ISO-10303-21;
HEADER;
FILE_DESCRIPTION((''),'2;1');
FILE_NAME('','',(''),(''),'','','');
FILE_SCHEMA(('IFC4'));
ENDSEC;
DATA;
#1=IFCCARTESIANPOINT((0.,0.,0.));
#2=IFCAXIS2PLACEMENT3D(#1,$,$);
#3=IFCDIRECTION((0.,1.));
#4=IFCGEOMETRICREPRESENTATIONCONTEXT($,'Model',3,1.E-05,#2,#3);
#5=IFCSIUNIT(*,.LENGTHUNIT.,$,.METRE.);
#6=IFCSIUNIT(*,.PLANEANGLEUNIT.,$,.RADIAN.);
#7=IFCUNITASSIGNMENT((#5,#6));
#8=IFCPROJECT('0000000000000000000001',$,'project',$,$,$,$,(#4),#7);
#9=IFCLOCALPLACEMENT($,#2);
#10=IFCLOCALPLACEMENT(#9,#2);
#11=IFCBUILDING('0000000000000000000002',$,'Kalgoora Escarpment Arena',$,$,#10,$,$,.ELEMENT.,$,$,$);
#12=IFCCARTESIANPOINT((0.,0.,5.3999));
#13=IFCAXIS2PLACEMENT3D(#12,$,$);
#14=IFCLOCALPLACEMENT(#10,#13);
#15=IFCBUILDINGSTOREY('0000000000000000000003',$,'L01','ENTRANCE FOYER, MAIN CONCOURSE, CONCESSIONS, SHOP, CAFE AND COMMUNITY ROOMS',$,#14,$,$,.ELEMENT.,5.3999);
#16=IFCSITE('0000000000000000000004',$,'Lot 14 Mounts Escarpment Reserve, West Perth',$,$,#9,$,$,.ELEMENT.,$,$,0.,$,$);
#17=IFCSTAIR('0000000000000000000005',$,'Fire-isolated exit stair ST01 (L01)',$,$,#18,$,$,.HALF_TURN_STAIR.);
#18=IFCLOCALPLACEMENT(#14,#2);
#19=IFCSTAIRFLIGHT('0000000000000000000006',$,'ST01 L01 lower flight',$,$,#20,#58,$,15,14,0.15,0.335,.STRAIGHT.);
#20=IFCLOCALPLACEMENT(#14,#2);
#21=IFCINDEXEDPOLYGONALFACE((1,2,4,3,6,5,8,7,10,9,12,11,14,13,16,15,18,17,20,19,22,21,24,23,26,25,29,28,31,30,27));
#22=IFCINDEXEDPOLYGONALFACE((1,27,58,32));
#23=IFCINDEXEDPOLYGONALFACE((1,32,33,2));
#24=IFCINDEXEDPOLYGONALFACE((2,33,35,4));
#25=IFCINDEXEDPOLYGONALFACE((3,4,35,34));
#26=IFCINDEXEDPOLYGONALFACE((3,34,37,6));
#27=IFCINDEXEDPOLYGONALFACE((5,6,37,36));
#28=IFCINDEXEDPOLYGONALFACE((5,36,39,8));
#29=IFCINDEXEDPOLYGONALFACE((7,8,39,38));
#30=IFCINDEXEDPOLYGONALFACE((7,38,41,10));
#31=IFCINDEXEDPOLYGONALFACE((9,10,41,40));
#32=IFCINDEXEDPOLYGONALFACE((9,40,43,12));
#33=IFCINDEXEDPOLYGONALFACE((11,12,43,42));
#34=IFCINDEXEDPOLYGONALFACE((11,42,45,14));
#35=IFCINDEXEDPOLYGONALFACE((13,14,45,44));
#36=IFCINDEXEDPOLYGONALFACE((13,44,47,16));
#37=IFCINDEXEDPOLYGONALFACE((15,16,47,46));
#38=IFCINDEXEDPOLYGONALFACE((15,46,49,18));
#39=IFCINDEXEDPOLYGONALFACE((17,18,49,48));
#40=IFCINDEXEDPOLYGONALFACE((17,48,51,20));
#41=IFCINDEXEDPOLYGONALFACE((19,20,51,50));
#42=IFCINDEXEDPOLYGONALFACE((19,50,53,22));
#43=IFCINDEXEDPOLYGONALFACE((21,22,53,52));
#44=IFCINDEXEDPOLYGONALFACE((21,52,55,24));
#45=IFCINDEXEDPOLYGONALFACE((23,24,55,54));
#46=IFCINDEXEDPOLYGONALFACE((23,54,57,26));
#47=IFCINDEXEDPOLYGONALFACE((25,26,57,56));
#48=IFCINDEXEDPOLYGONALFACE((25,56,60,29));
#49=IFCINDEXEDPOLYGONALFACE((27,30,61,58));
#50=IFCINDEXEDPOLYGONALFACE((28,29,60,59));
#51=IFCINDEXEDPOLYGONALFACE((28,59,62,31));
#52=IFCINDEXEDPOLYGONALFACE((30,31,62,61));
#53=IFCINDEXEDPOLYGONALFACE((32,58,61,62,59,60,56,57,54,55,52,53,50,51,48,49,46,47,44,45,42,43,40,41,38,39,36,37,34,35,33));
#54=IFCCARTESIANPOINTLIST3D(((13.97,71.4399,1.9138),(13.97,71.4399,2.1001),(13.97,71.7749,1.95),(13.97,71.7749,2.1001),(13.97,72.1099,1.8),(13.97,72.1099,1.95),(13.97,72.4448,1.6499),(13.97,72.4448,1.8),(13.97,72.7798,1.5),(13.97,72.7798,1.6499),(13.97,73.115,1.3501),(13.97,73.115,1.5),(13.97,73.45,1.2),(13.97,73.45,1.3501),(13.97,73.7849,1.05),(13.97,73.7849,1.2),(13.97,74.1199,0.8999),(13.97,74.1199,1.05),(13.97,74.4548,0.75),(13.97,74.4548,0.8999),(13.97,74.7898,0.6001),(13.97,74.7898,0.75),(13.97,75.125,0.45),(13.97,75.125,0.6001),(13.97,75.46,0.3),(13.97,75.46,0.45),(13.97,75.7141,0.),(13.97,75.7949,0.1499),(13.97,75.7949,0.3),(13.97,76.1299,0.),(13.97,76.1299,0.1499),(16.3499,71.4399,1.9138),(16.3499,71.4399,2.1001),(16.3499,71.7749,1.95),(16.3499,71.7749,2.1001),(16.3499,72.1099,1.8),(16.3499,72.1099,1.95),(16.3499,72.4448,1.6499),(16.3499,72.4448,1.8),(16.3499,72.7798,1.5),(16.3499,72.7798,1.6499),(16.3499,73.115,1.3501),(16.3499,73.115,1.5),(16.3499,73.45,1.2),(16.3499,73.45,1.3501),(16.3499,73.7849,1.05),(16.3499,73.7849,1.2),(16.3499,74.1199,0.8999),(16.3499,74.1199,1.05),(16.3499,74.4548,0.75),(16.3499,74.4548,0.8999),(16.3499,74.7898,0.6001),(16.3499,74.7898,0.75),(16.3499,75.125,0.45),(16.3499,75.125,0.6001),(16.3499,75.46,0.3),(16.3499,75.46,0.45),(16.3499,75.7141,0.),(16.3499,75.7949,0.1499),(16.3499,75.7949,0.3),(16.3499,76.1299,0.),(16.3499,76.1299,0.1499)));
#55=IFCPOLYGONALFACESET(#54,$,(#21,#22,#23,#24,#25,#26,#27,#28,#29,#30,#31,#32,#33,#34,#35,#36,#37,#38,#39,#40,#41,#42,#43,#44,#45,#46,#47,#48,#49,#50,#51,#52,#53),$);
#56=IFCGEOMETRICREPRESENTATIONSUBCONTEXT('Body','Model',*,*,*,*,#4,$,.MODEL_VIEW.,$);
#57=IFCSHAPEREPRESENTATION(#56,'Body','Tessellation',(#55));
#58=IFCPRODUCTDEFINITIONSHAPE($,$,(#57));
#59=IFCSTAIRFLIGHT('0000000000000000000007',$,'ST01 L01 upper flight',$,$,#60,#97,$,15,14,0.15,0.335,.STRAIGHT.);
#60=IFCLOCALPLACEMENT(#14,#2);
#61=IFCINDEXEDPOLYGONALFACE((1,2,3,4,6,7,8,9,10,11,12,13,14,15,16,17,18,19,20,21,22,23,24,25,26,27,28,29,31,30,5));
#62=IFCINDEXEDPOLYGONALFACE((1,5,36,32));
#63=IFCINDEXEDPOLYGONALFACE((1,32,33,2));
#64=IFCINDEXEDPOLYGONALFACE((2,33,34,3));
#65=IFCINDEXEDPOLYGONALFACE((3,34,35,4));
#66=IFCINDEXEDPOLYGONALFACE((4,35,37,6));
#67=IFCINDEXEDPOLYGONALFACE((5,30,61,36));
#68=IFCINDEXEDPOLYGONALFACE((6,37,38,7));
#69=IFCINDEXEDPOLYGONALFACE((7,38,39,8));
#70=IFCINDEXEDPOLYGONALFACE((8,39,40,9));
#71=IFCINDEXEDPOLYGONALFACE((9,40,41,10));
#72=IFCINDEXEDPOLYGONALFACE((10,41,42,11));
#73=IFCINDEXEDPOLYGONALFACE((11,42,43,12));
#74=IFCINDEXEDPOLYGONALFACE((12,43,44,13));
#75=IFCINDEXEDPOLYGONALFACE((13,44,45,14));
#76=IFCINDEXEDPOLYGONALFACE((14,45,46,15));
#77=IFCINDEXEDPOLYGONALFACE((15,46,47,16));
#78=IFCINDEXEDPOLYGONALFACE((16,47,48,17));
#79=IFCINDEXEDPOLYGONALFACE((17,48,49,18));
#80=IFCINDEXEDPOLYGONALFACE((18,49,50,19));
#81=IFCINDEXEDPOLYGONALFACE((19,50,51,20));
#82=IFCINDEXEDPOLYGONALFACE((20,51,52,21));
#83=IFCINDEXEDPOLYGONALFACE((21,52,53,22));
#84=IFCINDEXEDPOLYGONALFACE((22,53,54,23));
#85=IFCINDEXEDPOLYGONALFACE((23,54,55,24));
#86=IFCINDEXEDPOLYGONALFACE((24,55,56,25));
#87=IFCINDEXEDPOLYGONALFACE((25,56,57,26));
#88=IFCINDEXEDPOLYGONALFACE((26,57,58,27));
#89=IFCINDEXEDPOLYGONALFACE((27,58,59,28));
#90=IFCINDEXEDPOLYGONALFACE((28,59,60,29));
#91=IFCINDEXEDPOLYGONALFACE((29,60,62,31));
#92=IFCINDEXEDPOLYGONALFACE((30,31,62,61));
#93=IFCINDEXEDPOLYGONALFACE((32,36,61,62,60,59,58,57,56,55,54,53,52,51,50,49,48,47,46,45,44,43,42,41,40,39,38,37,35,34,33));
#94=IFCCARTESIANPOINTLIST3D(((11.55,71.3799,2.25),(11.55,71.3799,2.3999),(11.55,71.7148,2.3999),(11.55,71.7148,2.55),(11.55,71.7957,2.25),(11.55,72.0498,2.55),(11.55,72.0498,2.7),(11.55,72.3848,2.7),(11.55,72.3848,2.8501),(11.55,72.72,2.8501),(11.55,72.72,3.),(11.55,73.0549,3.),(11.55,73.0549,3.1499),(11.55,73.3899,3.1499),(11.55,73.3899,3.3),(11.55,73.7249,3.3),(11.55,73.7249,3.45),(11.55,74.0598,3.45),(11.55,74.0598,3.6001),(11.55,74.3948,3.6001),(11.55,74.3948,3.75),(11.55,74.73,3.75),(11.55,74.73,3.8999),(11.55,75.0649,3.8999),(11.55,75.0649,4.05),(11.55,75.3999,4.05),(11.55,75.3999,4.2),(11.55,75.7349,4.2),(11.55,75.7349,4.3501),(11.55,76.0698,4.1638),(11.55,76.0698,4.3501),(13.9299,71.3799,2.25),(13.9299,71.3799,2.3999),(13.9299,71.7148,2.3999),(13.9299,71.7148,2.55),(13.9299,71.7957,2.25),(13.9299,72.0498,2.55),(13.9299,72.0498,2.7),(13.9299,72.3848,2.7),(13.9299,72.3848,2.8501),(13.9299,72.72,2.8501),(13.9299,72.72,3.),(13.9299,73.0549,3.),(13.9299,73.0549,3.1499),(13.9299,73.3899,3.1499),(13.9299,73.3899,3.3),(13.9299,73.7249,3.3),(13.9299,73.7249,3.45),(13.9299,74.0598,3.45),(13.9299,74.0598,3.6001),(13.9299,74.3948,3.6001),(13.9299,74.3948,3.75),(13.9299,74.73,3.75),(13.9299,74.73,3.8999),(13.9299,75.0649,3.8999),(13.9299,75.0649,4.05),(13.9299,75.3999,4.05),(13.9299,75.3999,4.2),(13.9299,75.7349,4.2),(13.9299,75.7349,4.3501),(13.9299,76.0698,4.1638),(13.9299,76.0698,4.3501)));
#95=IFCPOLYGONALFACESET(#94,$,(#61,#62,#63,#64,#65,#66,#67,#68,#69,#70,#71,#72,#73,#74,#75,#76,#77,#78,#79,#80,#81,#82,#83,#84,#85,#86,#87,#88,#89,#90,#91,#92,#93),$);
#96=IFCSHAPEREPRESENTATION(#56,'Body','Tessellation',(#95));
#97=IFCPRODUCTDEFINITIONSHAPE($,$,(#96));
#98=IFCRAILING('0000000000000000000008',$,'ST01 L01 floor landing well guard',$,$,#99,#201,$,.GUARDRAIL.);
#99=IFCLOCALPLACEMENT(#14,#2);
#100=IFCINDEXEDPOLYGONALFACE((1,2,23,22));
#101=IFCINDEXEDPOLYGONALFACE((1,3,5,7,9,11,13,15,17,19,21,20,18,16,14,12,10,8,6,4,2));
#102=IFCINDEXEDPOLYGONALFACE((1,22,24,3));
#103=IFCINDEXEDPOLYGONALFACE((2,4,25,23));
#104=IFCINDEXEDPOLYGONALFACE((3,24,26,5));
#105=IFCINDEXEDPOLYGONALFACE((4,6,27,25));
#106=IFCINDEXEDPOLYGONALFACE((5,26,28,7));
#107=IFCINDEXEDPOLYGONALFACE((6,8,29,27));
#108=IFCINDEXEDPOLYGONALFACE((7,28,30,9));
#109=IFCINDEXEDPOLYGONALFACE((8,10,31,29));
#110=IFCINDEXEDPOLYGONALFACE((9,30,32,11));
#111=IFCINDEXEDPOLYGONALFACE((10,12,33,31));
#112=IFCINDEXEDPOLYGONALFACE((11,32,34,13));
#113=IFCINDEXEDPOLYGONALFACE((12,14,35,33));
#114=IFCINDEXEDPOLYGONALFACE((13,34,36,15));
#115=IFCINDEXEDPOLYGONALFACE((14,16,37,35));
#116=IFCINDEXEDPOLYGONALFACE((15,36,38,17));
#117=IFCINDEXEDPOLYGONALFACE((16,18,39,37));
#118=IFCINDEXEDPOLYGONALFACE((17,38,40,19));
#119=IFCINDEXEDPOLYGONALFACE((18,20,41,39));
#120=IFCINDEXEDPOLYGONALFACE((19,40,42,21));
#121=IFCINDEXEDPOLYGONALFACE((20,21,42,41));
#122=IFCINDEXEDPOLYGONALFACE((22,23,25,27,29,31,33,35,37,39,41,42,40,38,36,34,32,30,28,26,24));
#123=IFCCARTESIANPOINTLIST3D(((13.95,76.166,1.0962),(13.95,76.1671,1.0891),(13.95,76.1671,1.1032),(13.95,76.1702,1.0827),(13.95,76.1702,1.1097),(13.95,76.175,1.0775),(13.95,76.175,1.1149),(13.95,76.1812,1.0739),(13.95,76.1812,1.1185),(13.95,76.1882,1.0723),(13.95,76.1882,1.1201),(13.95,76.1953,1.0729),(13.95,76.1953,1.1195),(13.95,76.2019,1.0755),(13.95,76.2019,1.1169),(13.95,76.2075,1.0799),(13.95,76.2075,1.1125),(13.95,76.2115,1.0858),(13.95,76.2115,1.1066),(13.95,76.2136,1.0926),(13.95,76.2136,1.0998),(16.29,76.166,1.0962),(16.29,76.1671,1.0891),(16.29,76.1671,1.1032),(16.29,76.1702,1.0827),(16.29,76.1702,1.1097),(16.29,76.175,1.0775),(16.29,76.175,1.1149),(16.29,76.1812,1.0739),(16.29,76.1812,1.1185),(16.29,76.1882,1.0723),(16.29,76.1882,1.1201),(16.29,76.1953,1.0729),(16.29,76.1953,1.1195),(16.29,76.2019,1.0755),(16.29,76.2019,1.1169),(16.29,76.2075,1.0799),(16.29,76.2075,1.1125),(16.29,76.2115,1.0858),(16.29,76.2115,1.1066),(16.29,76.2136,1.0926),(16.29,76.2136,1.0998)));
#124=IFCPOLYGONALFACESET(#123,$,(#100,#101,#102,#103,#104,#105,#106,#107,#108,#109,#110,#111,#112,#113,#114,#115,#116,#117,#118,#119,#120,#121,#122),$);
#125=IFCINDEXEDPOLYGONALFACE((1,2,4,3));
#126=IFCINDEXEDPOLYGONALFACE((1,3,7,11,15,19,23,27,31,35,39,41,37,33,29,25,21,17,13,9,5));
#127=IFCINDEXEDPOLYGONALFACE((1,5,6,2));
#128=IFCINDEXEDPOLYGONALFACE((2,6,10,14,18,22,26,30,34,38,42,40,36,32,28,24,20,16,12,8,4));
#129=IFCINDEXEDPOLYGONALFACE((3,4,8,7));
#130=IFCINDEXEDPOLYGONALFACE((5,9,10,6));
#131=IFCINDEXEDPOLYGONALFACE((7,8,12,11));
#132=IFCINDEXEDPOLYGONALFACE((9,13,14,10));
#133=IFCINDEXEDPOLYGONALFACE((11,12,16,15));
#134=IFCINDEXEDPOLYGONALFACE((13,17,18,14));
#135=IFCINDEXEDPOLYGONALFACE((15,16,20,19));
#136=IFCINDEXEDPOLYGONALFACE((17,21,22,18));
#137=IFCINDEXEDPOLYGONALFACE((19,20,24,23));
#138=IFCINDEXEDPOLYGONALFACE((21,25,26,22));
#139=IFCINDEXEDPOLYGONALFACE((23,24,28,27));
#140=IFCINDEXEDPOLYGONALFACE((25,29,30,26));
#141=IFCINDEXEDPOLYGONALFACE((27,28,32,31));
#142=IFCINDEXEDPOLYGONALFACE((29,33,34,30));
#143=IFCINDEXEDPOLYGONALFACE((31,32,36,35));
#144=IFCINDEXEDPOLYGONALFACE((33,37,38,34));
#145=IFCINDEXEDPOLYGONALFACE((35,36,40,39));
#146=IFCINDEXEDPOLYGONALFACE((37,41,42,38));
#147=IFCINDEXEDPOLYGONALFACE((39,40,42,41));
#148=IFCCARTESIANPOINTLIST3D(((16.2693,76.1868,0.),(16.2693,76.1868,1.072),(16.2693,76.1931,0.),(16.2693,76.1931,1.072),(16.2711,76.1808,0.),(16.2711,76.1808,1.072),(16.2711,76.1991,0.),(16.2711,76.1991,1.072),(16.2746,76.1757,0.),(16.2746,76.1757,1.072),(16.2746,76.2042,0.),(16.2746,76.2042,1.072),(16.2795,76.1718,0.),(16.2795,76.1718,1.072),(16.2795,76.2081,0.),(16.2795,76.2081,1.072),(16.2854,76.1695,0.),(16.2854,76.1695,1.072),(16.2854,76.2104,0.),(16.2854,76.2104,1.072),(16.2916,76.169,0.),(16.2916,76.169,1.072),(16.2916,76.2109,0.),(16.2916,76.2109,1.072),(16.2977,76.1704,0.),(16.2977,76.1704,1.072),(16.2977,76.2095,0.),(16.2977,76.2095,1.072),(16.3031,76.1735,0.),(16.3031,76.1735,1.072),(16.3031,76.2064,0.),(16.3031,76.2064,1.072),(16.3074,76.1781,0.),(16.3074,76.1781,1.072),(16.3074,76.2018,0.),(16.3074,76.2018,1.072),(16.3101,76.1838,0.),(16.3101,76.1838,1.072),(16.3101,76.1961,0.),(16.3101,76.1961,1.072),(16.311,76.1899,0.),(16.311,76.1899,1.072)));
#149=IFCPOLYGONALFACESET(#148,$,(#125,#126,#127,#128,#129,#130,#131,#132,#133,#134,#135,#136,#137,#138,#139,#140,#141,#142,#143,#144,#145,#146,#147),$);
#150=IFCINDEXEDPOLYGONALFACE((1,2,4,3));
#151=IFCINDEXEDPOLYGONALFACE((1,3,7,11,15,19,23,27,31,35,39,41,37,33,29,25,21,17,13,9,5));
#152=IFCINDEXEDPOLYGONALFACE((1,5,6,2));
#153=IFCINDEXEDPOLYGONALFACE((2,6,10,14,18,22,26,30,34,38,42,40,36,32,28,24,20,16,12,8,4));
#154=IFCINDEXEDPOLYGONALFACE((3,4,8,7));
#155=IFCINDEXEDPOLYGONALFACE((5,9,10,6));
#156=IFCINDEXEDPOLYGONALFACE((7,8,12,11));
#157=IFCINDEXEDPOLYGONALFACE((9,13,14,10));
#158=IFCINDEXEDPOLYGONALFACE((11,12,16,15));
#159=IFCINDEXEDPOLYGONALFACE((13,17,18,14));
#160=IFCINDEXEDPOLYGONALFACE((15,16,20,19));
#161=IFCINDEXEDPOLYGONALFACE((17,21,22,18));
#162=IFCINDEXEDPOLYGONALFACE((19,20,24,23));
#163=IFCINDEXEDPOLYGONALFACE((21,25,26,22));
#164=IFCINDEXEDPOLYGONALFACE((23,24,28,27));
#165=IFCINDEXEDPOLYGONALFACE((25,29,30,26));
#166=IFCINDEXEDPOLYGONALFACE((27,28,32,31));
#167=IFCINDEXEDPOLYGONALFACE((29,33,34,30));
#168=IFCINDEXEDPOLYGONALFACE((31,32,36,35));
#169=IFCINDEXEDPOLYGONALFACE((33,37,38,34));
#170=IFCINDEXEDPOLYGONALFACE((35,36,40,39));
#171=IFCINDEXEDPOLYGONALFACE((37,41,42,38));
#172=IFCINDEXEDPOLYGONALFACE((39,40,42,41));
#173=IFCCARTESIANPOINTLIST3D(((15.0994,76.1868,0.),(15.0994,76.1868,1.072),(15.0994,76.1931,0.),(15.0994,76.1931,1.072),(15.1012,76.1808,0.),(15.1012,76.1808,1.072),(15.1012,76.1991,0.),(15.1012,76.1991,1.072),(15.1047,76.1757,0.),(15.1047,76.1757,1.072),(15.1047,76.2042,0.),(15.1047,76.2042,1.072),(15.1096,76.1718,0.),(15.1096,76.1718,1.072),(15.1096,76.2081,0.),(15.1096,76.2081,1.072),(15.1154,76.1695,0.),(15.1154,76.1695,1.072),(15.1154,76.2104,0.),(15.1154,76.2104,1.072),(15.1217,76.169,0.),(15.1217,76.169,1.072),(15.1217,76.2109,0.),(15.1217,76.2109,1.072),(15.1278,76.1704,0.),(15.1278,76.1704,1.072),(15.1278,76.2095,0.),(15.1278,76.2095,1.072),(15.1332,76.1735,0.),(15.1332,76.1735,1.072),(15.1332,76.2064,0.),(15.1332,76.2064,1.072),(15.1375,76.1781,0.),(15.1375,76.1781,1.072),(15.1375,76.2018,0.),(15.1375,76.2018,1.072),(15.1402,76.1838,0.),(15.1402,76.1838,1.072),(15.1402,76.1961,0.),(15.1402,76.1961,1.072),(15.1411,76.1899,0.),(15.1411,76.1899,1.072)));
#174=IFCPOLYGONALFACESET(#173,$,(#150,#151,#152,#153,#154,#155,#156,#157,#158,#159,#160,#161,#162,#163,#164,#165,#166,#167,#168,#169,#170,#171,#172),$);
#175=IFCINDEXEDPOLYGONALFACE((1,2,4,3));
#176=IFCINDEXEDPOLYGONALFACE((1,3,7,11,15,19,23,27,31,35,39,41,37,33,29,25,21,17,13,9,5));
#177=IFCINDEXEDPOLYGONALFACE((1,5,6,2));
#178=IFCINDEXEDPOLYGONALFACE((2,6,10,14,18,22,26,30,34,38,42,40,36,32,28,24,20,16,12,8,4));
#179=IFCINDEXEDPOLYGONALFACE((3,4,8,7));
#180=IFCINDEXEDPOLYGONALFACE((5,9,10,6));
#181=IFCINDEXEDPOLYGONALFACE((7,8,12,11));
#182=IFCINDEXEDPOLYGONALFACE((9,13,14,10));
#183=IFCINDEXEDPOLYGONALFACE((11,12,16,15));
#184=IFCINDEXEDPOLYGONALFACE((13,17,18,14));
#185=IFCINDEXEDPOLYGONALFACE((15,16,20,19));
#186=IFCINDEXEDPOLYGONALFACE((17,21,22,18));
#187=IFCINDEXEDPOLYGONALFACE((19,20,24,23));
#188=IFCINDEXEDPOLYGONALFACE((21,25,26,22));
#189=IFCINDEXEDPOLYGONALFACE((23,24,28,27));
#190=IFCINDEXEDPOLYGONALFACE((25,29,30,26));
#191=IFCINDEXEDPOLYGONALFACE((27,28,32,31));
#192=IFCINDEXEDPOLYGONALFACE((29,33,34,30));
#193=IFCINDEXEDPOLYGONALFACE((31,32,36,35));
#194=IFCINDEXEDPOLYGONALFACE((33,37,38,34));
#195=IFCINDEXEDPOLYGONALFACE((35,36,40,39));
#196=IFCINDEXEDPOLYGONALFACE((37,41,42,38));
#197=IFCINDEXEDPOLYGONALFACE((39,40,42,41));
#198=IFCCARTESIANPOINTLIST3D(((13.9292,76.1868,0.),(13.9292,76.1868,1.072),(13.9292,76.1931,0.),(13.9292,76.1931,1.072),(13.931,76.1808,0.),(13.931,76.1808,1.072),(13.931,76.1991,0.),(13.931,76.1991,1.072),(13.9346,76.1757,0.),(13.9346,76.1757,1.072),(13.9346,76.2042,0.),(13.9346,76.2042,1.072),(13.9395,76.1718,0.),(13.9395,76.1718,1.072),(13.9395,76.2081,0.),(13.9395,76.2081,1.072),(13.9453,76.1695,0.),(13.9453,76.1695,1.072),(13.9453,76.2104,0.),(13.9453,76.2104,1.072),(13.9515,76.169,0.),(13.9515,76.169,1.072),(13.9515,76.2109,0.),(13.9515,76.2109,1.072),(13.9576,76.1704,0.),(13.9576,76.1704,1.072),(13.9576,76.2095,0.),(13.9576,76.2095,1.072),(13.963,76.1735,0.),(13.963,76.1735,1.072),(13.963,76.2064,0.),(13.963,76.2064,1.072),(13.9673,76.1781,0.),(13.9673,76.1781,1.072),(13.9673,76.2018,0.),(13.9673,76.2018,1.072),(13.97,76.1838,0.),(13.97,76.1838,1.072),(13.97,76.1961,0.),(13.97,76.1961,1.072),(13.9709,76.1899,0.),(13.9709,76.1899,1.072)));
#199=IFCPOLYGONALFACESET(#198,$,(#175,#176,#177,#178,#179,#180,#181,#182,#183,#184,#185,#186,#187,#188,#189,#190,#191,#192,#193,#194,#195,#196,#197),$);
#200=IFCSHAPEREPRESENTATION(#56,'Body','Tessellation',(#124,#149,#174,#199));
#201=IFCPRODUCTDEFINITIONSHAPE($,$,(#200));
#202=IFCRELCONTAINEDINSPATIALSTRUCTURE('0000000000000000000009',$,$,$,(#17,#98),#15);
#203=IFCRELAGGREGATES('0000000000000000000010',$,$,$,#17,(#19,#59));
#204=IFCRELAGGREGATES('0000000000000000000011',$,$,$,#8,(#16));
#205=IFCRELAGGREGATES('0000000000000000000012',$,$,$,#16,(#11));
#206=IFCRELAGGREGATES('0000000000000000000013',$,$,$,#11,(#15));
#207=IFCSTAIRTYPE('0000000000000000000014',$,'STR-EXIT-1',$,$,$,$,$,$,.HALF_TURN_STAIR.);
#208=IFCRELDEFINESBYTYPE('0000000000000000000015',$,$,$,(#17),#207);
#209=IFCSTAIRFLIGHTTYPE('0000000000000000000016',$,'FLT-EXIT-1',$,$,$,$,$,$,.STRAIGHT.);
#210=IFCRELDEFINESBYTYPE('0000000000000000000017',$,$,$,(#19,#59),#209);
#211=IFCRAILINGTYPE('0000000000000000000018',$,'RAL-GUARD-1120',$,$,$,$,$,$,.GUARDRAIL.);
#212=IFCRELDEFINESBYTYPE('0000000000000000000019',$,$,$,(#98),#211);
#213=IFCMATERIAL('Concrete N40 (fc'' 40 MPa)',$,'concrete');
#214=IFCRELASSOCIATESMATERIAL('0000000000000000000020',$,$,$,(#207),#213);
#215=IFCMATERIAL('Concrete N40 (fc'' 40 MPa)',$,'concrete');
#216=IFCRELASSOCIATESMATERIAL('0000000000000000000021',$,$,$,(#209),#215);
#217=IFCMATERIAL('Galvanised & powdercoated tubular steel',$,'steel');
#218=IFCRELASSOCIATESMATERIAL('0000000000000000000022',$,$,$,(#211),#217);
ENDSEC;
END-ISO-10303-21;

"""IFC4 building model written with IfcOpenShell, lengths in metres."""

from ifc_helpers import new_model, si_unit, direction, frame, origin, origin_2d, place, context, subcontext, project, spatial, polyline, circle, outline, extrude, material, type_object, element, aggregate, save


model = new_model("IFC4")

# Units and contexts
model_context = context("Model", 3, precision=1e-05, world=origin(), true_north=direction((0.0, 1.0)))
body_context = subcontext(model_context, "Body", "Model", "MODEL_VIEW")
ifc_project = project(units=[si_unit("LENGTHUNIT", "METRE"), si_unit("PLANEANGLEUNIT", "RADIAN")], contexts=[model_context])

# Site, building, storey
site_placement = place(None, origin())
site = spatial("IfcSite", under=ifc_project, at=site_placement, Name="Lot 14 Mounts Escarpment Reserve, West Perth", CompositionType="ELEMENT", RefElevation=0.0)
building_placement = place(site_placement, origin())
building = spatial("IfcBuilding", under=site, at=building_placement, Name="Kalgoora Escarpment Arena", CompositionType="ELEMENT")
storey_placement = place(building_placement, frame((0.0, 0.0, 5.3999)))
storey = spatial("IfcBuildingStorey", under=building, at=storey_placement, Name="L01", Description="ENTRANCE FOYER, MAIN CONCOURSE, CONCESSIONS, SHOP, CAFE AND COMMUNITY ROOMS", CompositionType="ELEMENT", Elevation=5.3999)

# Stair, stair flights
ifc_material_1 = material(Name="Concrete N40 (fc' 40 MPa)", Category="concrete")
stair_type = type_object("IfcStairType", Name="STR-EXIT-1", PredefinedType="HALF_TURN_STAIR", material=ifc_material_1)
stair_placement = place(storey_placement, origin())
stair = element("IfcStair", 1, at=stair_placement, inside=storey, type_object=stair_type, Name="Fire-isolated exit stair ST01 (L01)", PredefinedType="HALF_TURN_STAIR")
ifc_material_2 = material(Name="Concrete N40 (fc' 40 MPa)", Category="concrete")
stair_flight_type = type_object("IfcStairFlightType", Name="FLT-EXIT-1", PredefinedType="STRAIGHT", material=ifc_material_2)
stair_flight_1_placement = place(storey_placement, frame((15.1599, 76.1299, 0.0), z_axis=(0.0, 0.0, 1.0), x_axis=(0.0, -1.0, 0.0)))
stair_flight_1 = element("IfcStairFlight", 2, at=stair_flight_1_placement, type_object=stair_flight_type, Name="ST01 L01 lower flight", NumberOfRisers=15, NumberOfTreads=14, PredefinedType="STRAIGHT", RiserHeight=0.15, TreadLength=0.335, context=body_context, shape_type="SweptSolid", body=[
    extrude(outline(polyline([(0.0, 0.0), (0.0, 0.1499), (0.335, 0.1499), (0.335, 0.3), (0.6699, 0.3), (0.6699, 0.45), (1.0049, 0.45), (1.0049, 0.6001), (1.3401, 0.6001), (1.3401, 0.75), (1.675, 0.75), (1.675, 0.8999), (2.01, 0.8999), (2.01, 1.05), (2.345, 1.05), (2.345, 1.2), (2.6799, 1.2), (2.6799, 1.3501), (3.0149, 1.3501), (3.0149, 1.5), (3.3501, 1.5), (3.3501, 1.6499), (3.6851, 1.6499), (3.6851, 1.8), (4.02, 1.8), (4.02, 1.95), (4.355, 1.95), (4.355, 2.1001), (4.6899, 2.1001), (4.6899, 2.25), (4.6899, 1.9138), (0.4158, 0.0), (0.0, 0.0)])), frame((0.0, 1.1899, 0.0), z_axis=(0.0, -1.0, 0.0), x_axis=(1.0, 0.0, 0.0)), (0.0, 0.0, 1.0), 2.3799),
])
stair_flight_2_placement = place(storey_placement, frame((12.74, 71.3799, 2.25), z_axis=(0.0, 0.0, 1.0), x_axis=(0.0, 1.0, 0.0)))
stair_flight_2 = element("IfcStairFlight", 3, at=stair_flight_2_placement, type_object=stair_flight_type, Name="ST01 L01 upper flight", NumberOfRisers=15, NumberOfTreads=14, PredefinedType="STRAIGHT", RiserHeight=0.15, TreadLength=0.335, context=body_context, shape_type="SweptSolid", body=[
    extrude(outline(polyline([(0.0, 0.0), (0.0, 0.1499), (0.335, 0.1499), (0.335, 0.3), (0.6699, 0.3), (0.6699, 0.45), (1.0049, 0.45), (1.0049, 0.6001), (1.3401, 0.6001), (1.3401, 0.75), (1.675, 0.75), (1.675, 0.8999), (2.01, 0.8999), (2.01, 1.05), (2.345, 1.05), (2.345, 1.2), (2.6799, 1.2), (2.6799, 1.3501), (3.0149, 1.3501), (3.0149, 1.5), (3.3501, 1.5), (3.3501, 1.6499), (3.6851, 1.6499), (3.6851, 1.8), (4.02, 1.8), (4.02, 1.95), (4.355, 1.95), (4.355, 2.1001), (4.6899, 2.1001), (4.6899, 2.25), (4.6899, 1.9138), (0.4158, 0.0), (0.0, 0.0)])), frame((0.0, 1.1899, 0.0), z_axis=(0.0, -1.0, 0.0), x_axis=(1.0, 0.0, 0.0)), (0.0, 0.0, 1.0), 2.3799),
])
aggregate(stair, [stair_flight_1, stair_flight_2])

# Railing
ifc_material_3 = material(Name="Galvanised & powdercoated tubular steel", Category="steel")
railing_type_1 = type_object("IfcRailingType", Name="RAL-GUARD-1120", PredefinedType="GUARDRAIL", material=ifc_material_3)
railing_placement = place(storey_placement, frame((16.29, 76.1899, 0.0)))
element("IfcRailing", 4, at=railing_placement, inside=storey, type_object=railing_type_1, Name="ST01 L01 floor landing well guard", PredefinedType="GUARDRAIL", context=body_context, shape_type="SweptSolid", body=[
    extrude(circle(Radius=0.0239, at=origin_2d()), frame((0.0, 0.0, 1.0962), z_axis=(-1.0, 0.0, 0.0), x_axis=(0.0, -1.0, 0.0)), (0.0, 0.0, 1.0), 2.3401),
    extrude(circle(Radius=0.021, at=origin_2d()), origin(), (0.0, 0.0, 1.0), 1.072),
    extrude(circle(Radius=0.021, at=origin_2d()), frame((-1.1699, 0.0, 0.0)), (0.0, 0.0, 1.0), 1.072),
    extrude(circle(Radius=0.021, at=origin_2d()), frame((-2.3401, 0.0, 0.0)), (0.0, 0.0, 1.0), 1.072),
])

save(model, "model.ifc")
